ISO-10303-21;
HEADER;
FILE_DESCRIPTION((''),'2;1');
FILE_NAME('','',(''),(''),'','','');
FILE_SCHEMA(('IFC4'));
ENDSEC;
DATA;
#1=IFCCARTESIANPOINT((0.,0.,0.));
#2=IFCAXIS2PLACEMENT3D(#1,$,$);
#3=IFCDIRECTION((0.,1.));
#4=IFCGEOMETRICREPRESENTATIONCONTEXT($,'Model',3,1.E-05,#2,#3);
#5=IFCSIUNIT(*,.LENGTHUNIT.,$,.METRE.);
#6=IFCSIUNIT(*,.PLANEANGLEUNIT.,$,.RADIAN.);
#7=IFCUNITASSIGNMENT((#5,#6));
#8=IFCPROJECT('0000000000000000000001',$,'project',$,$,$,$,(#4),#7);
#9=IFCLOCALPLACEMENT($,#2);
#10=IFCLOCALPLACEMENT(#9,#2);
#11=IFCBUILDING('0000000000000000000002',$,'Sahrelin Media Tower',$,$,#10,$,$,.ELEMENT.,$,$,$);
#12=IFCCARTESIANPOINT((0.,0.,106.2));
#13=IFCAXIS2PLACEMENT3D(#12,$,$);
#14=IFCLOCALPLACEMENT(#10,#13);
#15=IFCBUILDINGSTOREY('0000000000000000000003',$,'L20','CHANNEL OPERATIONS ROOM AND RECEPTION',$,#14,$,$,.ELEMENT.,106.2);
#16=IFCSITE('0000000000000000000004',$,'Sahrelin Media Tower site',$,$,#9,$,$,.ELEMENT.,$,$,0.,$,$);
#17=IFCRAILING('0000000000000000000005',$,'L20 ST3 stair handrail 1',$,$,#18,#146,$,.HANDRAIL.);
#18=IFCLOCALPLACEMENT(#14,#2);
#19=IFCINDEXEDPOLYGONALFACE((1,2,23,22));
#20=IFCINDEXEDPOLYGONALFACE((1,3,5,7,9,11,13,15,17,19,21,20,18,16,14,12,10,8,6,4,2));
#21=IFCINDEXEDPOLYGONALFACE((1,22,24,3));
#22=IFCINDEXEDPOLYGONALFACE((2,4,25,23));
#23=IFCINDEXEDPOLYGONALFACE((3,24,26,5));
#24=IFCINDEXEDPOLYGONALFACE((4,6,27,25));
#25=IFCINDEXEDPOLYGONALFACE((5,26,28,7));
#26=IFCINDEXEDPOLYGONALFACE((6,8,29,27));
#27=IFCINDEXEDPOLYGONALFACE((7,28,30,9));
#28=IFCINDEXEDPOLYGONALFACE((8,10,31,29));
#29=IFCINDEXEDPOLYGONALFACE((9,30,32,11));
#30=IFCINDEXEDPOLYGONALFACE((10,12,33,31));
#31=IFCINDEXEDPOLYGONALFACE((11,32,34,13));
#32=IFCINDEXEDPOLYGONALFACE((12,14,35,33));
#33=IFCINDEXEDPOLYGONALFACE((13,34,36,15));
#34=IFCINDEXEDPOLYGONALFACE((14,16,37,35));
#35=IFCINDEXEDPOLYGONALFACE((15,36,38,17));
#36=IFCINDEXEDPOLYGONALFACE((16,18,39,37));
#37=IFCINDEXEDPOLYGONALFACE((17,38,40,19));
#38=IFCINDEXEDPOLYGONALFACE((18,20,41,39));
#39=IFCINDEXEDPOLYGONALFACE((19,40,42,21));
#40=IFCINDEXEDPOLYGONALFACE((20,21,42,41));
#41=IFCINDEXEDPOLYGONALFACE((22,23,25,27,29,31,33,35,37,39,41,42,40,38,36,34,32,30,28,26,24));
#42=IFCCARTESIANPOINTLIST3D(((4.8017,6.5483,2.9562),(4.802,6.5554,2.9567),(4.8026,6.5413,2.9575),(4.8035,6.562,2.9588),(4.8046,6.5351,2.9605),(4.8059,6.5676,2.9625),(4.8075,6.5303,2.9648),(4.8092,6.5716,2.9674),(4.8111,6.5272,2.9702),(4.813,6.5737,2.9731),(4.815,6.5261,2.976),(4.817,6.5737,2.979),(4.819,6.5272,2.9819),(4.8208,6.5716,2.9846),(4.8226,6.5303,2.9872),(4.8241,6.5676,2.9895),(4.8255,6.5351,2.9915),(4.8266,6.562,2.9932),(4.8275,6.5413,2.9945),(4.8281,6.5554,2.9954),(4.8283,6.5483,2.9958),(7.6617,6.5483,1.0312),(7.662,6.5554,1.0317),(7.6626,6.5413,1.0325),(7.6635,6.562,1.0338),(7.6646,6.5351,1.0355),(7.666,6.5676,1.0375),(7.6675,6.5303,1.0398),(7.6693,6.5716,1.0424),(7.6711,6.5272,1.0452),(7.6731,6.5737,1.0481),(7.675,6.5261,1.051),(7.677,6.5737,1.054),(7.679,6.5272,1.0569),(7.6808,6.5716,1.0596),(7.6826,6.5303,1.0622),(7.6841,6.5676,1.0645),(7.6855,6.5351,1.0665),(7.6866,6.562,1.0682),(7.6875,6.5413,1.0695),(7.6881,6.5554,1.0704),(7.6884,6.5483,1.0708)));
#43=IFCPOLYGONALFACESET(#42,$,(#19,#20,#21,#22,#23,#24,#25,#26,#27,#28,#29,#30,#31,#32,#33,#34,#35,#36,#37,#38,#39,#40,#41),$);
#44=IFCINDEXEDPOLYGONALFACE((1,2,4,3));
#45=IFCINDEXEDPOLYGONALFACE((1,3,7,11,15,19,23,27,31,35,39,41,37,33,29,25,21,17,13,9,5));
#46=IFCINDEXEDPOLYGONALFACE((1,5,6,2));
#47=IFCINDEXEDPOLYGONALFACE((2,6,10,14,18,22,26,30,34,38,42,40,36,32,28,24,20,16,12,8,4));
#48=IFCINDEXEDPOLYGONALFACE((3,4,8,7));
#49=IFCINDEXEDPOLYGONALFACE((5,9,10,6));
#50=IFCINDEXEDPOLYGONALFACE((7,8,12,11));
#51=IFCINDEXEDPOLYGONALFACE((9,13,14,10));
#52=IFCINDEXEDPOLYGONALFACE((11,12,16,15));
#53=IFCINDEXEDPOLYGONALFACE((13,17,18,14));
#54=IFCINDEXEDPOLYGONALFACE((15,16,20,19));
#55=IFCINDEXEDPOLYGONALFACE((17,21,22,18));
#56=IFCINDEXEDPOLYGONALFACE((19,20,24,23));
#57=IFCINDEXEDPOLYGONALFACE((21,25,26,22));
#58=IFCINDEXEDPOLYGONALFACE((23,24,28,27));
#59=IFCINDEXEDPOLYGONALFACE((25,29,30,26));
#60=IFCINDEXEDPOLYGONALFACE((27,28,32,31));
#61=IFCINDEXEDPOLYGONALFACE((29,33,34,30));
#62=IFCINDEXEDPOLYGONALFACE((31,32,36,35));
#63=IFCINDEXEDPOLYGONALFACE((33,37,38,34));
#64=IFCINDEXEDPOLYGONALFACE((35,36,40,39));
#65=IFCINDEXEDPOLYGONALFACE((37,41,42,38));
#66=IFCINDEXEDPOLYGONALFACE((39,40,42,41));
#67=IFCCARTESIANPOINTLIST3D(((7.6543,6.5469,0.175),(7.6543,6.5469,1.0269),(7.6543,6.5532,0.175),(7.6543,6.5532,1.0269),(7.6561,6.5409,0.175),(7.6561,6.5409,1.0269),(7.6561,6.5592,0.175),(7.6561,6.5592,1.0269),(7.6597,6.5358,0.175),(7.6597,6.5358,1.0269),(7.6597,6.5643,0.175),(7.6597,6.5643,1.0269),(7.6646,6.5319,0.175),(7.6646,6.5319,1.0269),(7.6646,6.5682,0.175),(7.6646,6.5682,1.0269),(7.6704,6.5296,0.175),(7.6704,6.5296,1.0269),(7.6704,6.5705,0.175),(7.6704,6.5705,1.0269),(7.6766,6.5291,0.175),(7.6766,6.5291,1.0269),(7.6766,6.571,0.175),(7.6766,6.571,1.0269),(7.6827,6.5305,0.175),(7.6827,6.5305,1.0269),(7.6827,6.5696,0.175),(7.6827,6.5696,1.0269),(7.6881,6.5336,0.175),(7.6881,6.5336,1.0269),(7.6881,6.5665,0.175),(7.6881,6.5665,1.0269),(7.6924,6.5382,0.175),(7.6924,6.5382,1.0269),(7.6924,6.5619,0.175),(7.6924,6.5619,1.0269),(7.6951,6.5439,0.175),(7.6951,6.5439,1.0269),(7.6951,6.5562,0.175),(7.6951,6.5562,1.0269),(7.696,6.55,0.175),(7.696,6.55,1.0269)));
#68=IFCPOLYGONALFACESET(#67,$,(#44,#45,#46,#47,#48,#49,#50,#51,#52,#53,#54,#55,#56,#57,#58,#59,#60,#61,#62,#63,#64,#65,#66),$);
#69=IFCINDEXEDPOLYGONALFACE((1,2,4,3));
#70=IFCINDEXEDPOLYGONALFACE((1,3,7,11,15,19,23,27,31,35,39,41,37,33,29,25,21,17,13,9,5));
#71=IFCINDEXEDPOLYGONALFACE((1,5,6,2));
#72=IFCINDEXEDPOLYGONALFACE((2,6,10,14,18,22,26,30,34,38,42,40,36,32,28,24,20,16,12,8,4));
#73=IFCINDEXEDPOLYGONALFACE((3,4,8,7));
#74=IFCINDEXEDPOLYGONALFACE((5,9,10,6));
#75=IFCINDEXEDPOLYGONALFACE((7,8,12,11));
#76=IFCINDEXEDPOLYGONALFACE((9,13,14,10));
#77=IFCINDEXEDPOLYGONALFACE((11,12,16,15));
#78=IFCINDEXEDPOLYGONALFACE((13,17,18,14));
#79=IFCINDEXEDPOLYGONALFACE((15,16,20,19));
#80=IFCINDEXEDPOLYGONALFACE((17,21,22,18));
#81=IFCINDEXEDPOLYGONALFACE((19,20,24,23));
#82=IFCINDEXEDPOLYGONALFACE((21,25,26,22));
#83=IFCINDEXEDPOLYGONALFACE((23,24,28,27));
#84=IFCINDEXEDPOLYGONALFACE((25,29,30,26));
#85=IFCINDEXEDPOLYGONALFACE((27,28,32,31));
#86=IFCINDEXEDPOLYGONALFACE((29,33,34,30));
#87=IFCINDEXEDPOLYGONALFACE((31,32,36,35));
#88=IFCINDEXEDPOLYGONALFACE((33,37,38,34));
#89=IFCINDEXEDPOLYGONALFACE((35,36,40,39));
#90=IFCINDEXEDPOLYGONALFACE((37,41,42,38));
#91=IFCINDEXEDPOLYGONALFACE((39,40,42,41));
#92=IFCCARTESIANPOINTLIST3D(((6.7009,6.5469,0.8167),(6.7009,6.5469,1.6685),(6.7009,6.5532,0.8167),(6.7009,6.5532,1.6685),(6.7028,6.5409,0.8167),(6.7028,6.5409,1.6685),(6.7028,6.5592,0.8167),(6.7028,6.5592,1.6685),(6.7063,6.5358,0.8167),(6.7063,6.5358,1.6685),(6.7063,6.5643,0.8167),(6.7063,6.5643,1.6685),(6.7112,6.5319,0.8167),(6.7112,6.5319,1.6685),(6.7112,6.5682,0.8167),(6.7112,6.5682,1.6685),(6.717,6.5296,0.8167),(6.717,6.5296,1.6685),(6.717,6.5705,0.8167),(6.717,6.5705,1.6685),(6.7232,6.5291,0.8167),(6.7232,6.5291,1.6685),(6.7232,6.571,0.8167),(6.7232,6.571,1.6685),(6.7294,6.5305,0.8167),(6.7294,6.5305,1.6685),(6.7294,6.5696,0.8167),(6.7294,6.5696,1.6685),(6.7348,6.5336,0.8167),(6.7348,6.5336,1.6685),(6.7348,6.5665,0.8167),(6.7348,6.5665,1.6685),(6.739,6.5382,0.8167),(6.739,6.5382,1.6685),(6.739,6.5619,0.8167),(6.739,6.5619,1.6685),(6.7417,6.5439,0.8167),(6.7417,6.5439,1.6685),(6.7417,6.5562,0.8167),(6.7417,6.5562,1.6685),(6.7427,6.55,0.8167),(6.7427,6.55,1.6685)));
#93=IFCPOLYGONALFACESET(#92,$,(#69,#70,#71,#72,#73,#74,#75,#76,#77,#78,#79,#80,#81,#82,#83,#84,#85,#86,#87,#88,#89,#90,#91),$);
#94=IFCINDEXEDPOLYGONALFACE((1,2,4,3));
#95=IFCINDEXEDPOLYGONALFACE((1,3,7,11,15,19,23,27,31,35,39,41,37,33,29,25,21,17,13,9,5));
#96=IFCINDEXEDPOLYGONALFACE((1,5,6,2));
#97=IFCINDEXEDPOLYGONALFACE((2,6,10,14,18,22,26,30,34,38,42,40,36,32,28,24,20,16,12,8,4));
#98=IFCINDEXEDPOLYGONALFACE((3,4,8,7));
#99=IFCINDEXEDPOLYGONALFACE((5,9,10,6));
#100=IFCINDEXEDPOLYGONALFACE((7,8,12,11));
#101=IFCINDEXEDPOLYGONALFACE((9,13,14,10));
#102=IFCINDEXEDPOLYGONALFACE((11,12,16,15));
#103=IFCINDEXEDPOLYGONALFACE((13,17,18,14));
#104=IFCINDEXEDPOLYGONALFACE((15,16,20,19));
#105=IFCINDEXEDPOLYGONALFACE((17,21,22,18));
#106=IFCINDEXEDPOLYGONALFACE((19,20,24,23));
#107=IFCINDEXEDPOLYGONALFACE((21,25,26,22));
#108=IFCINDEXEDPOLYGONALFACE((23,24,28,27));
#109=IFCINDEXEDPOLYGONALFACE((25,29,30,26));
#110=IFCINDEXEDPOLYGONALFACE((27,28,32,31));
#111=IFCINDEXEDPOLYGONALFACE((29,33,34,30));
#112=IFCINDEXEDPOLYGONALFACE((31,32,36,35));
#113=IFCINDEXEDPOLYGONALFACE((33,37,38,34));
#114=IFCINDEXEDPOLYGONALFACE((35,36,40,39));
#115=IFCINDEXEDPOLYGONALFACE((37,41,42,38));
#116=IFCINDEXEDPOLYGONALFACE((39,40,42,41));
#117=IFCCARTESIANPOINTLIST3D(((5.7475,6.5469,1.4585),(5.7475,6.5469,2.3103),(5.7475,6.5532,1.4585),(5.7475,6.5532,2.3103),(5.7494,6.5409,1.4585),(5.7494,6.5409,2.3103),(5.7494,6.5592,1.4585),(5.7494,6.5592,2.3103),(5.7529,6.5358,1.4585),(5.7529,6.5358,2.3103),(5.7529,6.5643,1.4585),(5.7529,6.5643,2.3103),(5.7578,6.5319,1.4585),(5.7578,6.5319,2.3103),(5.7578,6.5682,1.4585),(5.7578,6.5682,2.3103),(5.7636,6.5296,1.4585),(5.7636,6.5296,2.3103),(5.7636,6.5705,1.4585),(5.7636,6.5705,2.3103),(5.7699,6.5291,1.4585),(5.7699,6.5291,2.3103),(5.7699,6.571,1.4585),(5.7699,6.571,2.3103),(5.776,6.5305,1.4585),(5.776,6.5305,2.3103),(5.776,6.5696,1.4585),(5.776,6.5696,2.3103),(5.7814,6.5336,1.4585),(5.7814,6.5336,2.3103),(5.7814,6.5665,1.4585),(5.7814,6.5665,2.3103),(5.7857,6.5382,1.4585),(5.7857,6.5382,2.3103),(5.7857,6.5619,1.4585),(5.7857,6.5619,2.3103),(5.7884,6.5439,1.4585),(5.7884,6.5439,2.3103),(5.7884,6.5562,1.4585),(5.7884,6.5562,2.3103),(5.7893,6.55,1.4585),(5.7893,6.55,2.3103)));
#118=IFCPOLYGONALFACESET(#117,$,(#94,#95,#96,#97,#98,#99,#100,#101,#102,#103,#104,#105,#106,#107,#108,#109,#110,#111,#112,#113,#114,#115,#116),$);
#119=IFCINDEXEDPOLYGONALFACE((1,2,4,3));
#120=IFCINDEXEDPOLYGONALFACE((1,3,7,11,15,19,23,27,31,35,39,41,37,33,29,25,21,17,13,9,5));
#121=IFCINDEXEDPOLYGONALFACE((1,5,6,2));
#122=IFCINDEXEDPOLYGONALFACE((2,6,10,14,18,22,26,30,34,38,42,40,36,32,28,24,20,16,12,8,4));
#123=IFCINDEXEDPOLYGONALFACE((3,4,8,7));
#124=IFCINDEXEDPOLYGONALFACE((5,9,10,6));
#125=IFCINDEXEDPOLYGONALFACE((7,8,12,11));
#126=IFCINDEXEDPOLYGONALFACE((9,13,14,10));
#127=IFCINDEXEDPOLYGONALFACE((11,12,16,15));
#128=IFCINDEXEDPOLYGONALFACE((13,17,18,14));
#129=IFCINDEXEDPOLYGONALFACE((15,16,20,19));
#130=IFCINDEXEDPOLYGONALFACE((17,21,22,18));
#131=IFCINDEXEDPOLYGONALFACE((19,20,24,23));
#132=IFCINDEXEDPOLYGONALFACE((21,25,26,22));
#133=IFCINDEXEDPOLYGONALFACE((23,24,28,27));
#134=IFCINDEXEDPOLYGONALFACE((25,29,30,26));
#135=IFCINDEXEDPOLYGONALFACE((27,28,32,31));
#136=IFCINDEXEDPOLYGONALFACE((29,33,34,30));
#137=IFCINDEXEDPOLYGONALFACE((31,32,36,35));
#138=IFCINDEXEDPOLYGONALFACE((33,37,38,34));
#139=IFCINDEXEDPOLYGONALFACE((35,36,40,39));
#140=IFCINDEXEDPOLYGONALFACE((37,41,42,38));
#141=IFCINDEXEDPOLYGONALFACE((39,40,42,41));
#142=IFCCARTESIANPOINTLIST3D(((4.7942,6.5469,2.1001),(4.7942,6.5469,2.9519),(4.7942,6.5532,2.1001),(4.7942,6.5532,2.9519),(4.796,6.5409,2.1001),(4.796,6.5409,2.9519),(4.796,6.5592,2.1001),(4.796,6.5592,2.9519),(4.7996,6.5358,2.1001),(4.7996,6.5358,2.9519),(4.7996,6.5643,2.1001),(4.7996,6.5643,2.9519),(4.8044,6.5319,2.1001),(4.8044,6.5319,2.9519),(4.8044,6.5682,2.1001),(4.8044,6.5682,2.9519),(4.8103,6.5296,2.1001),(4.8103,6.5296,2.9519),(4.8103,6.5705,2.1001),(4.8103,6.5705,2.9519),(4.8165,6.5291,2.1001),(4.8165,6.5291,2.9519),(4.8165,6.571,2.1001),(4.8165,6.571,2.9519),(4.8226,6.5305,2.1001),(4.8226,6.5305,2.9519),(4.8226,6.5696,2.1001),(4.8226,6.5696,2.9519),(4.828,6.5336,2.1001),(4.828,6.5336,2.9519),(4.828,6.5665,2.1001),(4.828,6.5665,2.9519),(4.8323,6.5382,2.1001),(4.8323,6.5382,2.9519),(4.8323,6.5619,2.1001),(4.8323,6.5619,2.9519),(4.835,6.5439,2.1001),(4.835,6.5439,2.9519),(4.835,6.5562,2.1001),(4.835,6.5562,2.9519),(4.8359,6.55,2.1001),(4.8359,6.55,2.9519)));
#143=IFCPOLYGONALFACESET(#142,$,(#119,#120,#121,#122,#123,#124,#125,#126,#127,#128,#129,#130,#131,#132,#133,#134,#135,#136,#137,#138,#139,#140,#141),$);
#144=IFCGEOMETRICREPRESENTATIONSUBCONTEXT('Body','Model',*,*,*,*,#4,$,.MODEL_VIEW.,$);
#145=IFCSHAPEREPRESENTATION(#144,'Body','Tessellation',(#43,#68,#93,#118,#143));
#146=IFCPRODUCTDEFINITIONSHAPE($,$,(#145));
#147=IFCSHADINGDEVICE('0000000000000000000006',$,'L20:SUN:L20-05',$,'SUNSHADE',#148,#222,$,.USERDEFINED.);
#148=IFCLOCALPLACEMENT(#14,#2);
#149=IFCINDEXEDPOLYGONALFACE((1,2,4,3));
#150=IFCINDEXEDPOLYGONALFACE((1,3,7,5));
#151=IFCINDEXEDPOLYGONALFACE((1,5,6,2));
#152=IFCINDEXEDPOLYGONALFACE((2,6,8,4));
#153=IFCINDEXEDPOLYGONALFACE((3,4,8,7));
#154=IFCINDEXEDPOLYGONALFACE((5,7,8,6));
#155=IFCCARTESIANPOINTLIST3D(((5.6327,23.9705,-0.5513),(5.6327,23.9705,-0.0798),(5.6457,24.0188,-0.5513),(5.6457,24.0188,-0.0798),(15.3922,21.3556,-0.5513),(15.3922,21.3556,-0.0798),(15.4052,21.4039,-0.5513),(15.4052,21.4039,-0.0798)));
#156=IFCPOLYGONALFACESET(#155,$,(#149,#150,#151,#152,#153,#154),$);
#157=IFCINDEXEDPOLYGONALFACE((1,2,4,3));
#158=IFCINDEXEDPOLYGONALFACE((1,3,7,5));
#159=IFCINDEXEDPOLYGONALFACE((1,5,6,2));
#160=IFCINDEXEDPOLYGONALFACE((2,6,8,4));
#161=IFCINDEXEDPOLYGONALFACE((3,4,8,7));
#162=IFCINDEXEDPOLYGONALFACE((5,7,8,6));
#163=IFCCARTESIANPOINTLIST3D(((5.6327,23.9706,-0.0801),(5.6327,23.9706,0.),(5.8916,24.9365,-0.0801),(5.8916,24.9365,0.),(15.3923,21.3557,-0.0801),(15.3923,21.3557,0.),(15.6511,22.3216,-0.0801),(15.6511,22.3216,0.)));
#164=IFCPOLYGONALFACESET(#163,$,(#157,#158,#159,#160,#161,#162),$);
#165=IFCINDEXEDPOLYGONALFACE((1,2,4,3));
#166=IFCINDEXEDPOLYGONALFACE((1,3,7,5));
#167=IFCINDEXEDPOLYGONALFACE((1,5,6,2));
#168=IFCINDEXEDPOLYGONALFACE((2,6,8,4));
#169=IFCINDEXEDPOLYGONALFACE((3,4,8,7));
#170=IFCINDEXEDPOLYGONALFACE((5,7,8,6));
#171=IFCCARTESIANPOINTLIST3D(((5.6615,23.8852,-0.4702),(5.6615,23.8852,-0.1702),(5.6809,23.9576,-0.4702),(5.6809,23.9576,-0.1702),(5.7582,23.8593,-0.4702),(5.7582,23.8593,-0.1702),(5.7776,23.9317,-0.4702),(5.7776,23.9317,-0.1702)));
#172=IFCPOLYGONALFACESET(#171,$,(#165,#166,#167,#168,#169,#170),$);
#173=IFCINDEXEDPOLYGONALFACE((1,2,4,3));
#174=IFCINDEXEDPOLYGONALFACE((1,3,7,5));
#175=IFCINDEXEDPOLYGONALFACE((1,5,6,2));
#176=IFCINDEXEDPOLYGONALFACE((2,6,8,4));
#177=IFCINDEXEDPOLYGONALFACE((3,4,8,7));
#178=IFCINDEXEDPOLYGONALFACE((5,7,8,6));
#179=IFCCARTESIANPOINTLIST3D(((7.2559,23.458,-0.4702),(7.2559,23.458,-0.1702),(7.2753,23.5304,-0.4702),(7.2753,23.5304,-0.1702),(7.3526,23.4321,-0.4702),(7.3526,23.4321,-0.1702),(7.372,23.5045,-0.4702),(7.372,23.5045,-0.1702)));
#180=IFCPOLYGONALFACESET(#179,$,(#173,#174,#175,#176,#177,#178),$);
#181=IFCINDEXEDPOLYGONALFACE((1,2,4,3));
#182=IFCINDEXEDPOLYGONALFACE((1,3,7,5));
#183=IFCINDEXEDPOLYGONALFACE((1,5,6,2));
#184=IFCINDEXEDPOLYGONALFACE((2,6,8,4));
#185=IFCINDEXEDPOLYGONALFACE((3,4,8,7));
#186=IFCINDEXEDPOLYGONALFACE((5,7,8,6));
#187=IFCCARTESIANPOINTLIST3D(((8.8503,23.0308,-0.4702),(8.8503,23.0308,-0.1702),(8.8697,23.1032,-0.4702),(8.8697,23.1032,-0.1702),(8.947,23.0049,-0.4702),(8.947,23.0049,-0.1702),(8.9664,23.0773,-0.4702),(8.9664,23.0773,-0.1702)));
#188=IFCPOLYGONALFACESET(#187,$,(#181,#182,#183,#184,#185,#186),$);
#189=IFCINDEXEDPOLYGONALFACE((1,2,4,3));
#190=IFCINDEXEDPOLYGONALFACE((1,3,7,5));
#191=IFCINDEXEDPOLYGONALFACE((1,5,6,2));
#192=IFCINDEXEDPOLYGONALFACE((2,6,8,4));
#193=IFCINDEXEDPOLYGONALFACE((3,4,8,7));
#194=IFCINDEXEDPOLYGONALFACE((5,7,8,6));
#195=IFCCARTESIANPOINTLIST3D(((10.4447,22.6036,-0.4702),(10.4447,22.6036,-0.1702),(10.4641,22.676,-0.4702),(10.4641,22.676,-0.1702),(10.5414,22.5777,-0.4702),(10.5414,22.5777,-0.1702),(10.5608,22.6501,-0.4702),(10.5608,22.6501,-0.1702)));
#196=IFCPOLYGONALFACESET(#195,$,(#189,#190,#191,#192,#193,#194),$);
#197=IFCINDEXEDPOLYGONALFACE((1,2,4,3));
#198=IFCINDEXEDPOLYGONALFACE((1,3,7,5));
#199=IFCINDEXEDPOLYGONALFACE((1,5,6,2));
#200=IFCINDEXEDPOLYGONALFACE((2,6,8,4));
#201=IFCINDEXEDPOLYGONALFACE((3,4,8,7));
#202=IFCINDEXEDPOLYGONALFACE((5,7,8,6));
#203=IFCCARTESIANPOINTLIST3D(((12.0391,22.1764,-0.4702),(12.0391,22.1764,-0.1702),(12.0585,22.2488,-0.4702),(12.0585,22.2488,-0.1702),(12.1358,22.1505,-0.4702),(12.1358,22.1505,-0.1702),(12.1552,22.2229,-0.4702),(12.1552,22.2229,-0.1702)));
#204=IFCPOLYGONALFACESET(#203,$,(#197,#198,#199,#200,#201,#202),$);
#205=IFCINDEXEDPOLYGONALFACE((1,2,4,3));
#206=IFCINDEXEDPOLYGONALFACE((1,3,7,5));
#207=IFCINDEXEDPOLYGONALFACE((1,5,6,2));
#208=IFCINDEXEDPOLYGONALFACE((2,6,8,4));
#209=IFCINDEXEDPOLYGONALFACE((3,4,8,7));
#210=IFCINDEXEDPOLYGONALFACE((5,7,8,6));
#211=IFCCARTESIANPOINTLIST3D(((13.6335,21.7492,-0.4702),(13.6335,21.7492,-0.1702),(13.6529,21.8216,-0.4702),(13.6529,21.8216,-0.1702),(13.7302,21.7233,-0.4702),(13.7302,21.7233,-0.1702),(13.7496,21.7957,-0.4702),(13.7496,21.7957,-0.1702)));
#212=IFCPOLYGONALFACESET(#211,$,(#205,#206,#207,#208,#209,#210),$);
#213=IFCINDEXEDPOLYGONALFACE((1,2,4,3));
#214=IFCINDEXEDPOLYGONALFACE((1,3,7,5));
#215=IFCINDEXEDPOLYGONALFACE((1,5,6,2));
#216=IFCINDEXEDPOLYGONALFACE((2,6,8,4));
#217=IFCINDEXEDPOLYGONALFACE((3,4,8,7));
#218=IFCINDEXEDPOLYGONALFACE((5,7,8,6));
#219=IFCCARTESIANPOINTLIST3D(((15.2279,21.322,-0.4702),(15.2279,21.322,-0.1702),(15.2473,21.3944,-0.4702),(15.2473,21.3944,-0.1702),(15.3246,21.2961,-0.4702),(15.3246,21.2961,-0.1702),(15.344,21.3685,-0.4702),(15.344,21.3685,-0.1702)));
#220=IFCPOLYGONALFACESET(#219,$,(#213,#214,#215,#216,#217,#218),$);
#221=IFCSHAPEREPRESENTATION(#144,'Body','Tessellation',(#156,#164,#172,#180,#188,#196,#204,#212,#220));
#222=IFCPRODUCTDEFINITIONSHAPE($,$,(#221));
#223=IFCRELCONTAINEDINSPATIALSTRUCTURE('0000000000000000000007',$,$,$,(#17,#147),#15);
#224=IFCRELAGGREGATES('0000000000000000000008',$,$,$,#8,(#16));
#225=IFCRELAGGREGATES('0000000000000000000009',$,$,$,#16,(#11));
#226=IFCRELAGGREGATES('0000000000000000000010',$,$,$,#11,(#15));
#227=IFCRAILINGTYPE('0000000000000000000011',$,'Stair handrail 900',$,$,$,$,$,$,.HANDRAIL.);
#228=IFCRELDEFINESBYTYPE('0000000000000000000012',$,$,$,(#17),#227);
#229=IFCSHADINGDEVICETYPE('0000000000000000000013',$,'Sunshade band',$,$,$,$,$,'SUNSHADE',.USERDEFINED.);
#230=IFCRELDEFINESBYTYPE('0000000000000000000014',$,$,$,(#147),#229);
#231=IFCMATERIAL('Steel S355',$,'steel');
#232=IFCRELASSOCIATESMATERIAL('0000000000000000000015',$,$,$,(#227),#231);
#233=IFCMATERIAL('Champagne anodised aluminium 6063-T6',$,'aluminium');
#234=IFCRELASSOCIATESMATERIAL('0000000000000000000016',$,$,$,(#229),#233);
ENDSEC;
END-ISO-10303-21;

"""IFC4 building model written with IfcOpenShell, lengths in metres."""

from ifc_helpers import new_model, si_unit, direction, frame, origin, origin_2d, place, context, subcontext, project, spatial, rectangle, circle, extrude, material, type_object, element, save


model = new_model("IFC4")

# Units and contexts
model_context = context("Model", 3, precision=1e-05, world=origin(), true_north=direction((0.0, 1.0)))
body_context = subcontext(model_context, "Body", "Model", "MODEL_VIEW")
ifc_project = project(units=[si_unit("LENGTHUNIT", "METRE"), si_unit("PLANEANGLEUNIT", "RADIAN")], contexts=[model_context])

# Site, building, storey
site_placement = place(None, origin())
site = spatial("IfcSite", under=ifc_project, at=site_placement, Name="Sahrelin Media Tower site", CompositionType="ELEMENT", RefElevation=0.0)
building_placement = place(site_placement, origin())
building = spatial("IfcBuilding", under=site, at=building_placement, Name="Sahrelin Media Tower", CompositionType="ELEMENT")
storey_placement = place(building_placement, frame((0.0, 0.0, 106.2)))
storey = spatial("IfcBuildingStorey", under=building, at=storey_placement, Name="L20", Description="CHANNEL OPERATIONS ROOM AND RECEPTION", CompositionType="ELEMENT", Elevation=106.2)

# Shared definitions
ifc_material_1 = material(Name="Steel S355", Category="steel")

# Shared definitions
ifc_material_2 = material(Name="Champagne anodised aluminium 6063-T6", Category="aluminium")

# Shared definitions
placement = place(storey_placement, frame((10.5073, 22.6438, 0.0), z_axis=(0.0, 0.0, 1.0), x_axis=(0.965929, -0.258808, 0.0)))

# Railing
railing_type_1 = type_object("IfcRailingType", Name="Stair handrail 900", PredefinedType="HANDRAIL", material=ifc_material_1)
railing_1_placement = place(storey_placement, frame((7.675, 6.55, 0.175)))
element("IfcRailing", 1, at=railing_1_placement, inside=storey, type_object=railing_type_1, Name="L20 ST3 stair handrail 1", PredefinedType="HANDRAIL", context=body_context, shape_type="SweptSolid", body=[
    extrude(circle(Radius=0.0239, at=origin_2d()), frame((0.0, 0.0, 0.876), z_axis=(-0.829591, 0.0, 0.558372), x_axis=(0.0, -1.0, 0.0)), (0.0, 0.0, 1.0), 3.4475),
    extrude(circle(Radius=0.021, at=origin_2d()), origin(), (0.0, 0.0, 1.0), 0.8518),
    extrude(circle(Radius=0.021, at=origin_2d()), frame((-0.9534, 0.0, 0.6416)), (0.0, 0.0, 1.0), 0.8518),
    extrude(circle(Radius=0.021, at=origin_2d()), frame((-1.9067, 0.0, 1.2834)), (0.0, 0.0, 1.0), 0.8518),
    extrude(circle(Radius=0.021, at=origin_2d()), frame((-2.8601, 0.0, 1.925)), (0.0, 0.0, 1.0), 0.8518),
])

# Shading device
shading_device_type_1 = type_object("IfcShadingDeviceType", Name="Sunshade band", ElementType="SUNSHADE", PredefinedType="USERDEFINED", material=ifc_material_2)
element("IfcShadingDevice", 2, at=placement, inside=storey, type_object=shading_device_type_1, Name="L20:SUN:L20-05", ObjectType="SUNSHADE", PredefinedType="USERDEFINED", context=body_context, shape_type="SweptSolid", body=[
    extrude(rectangle(XDim=10.1038, YDim=0.05, at=origin_2d()), frame((0.0, 0.0449, -0.5513)), (0.0, 0.0, 1.0), 0.4714),
    extrude(rectangle(XDim=10.1038, YDim=1.0, at=origin_2d()), frame((0.0, 0.52, -0.0801)), (0.0, 0.0, 1.0), 0.0801),
    extrude(rectangle(XDim=0.1001, YDim=0.075, at=origin_2d()), frame((-4.9519, -0.0176, -0.4702)), (0.0, 0.0, 1.0), 0.3),
    extrude(rectangle(XDim=0.1001, YDim=0.075, at=origin_2d()), frame((-3.3013, -0.0176, -0.4702)), (0.0, 0.0, 1.0), 0.3),
    extrude(rectangle(XDim=0.1001, YDim=0.075, at=origin_2d()), frame((-1.6506, -0.0176, -0.4702)), (0.0, 0.0, 1.0), 0.3),
    extrude(rectangle(XDim=0.1001, YDim=0.075, at=origin_2d()), frame((0.0, -0.0176, -0.4702)), (0.0, 0.0, 1.0), 0.3),
    extrude(rectangle(XDim=0.1001, YDim=0.075, at=origin_2d()), frame((1.6506, -0.0176, -0.4702)), (0.0, 0.0, 1.0), 0.3),
    extrude(rectangle(XDim=0.1001, YDim=0.075, at=origin_2d()), frame((3.3013, -0.0176, -0.4702)), (0.0, 0.0, 1.0), 0.3),
    extrude(rectangle(XDim=0.1001, YDim=0.075, at=origin_2d()), frame((4.9519, -0.0176, -0.4702)), (0.0, 0.0, 1.0), 0.3),
])

save(model, "model.ifc")
